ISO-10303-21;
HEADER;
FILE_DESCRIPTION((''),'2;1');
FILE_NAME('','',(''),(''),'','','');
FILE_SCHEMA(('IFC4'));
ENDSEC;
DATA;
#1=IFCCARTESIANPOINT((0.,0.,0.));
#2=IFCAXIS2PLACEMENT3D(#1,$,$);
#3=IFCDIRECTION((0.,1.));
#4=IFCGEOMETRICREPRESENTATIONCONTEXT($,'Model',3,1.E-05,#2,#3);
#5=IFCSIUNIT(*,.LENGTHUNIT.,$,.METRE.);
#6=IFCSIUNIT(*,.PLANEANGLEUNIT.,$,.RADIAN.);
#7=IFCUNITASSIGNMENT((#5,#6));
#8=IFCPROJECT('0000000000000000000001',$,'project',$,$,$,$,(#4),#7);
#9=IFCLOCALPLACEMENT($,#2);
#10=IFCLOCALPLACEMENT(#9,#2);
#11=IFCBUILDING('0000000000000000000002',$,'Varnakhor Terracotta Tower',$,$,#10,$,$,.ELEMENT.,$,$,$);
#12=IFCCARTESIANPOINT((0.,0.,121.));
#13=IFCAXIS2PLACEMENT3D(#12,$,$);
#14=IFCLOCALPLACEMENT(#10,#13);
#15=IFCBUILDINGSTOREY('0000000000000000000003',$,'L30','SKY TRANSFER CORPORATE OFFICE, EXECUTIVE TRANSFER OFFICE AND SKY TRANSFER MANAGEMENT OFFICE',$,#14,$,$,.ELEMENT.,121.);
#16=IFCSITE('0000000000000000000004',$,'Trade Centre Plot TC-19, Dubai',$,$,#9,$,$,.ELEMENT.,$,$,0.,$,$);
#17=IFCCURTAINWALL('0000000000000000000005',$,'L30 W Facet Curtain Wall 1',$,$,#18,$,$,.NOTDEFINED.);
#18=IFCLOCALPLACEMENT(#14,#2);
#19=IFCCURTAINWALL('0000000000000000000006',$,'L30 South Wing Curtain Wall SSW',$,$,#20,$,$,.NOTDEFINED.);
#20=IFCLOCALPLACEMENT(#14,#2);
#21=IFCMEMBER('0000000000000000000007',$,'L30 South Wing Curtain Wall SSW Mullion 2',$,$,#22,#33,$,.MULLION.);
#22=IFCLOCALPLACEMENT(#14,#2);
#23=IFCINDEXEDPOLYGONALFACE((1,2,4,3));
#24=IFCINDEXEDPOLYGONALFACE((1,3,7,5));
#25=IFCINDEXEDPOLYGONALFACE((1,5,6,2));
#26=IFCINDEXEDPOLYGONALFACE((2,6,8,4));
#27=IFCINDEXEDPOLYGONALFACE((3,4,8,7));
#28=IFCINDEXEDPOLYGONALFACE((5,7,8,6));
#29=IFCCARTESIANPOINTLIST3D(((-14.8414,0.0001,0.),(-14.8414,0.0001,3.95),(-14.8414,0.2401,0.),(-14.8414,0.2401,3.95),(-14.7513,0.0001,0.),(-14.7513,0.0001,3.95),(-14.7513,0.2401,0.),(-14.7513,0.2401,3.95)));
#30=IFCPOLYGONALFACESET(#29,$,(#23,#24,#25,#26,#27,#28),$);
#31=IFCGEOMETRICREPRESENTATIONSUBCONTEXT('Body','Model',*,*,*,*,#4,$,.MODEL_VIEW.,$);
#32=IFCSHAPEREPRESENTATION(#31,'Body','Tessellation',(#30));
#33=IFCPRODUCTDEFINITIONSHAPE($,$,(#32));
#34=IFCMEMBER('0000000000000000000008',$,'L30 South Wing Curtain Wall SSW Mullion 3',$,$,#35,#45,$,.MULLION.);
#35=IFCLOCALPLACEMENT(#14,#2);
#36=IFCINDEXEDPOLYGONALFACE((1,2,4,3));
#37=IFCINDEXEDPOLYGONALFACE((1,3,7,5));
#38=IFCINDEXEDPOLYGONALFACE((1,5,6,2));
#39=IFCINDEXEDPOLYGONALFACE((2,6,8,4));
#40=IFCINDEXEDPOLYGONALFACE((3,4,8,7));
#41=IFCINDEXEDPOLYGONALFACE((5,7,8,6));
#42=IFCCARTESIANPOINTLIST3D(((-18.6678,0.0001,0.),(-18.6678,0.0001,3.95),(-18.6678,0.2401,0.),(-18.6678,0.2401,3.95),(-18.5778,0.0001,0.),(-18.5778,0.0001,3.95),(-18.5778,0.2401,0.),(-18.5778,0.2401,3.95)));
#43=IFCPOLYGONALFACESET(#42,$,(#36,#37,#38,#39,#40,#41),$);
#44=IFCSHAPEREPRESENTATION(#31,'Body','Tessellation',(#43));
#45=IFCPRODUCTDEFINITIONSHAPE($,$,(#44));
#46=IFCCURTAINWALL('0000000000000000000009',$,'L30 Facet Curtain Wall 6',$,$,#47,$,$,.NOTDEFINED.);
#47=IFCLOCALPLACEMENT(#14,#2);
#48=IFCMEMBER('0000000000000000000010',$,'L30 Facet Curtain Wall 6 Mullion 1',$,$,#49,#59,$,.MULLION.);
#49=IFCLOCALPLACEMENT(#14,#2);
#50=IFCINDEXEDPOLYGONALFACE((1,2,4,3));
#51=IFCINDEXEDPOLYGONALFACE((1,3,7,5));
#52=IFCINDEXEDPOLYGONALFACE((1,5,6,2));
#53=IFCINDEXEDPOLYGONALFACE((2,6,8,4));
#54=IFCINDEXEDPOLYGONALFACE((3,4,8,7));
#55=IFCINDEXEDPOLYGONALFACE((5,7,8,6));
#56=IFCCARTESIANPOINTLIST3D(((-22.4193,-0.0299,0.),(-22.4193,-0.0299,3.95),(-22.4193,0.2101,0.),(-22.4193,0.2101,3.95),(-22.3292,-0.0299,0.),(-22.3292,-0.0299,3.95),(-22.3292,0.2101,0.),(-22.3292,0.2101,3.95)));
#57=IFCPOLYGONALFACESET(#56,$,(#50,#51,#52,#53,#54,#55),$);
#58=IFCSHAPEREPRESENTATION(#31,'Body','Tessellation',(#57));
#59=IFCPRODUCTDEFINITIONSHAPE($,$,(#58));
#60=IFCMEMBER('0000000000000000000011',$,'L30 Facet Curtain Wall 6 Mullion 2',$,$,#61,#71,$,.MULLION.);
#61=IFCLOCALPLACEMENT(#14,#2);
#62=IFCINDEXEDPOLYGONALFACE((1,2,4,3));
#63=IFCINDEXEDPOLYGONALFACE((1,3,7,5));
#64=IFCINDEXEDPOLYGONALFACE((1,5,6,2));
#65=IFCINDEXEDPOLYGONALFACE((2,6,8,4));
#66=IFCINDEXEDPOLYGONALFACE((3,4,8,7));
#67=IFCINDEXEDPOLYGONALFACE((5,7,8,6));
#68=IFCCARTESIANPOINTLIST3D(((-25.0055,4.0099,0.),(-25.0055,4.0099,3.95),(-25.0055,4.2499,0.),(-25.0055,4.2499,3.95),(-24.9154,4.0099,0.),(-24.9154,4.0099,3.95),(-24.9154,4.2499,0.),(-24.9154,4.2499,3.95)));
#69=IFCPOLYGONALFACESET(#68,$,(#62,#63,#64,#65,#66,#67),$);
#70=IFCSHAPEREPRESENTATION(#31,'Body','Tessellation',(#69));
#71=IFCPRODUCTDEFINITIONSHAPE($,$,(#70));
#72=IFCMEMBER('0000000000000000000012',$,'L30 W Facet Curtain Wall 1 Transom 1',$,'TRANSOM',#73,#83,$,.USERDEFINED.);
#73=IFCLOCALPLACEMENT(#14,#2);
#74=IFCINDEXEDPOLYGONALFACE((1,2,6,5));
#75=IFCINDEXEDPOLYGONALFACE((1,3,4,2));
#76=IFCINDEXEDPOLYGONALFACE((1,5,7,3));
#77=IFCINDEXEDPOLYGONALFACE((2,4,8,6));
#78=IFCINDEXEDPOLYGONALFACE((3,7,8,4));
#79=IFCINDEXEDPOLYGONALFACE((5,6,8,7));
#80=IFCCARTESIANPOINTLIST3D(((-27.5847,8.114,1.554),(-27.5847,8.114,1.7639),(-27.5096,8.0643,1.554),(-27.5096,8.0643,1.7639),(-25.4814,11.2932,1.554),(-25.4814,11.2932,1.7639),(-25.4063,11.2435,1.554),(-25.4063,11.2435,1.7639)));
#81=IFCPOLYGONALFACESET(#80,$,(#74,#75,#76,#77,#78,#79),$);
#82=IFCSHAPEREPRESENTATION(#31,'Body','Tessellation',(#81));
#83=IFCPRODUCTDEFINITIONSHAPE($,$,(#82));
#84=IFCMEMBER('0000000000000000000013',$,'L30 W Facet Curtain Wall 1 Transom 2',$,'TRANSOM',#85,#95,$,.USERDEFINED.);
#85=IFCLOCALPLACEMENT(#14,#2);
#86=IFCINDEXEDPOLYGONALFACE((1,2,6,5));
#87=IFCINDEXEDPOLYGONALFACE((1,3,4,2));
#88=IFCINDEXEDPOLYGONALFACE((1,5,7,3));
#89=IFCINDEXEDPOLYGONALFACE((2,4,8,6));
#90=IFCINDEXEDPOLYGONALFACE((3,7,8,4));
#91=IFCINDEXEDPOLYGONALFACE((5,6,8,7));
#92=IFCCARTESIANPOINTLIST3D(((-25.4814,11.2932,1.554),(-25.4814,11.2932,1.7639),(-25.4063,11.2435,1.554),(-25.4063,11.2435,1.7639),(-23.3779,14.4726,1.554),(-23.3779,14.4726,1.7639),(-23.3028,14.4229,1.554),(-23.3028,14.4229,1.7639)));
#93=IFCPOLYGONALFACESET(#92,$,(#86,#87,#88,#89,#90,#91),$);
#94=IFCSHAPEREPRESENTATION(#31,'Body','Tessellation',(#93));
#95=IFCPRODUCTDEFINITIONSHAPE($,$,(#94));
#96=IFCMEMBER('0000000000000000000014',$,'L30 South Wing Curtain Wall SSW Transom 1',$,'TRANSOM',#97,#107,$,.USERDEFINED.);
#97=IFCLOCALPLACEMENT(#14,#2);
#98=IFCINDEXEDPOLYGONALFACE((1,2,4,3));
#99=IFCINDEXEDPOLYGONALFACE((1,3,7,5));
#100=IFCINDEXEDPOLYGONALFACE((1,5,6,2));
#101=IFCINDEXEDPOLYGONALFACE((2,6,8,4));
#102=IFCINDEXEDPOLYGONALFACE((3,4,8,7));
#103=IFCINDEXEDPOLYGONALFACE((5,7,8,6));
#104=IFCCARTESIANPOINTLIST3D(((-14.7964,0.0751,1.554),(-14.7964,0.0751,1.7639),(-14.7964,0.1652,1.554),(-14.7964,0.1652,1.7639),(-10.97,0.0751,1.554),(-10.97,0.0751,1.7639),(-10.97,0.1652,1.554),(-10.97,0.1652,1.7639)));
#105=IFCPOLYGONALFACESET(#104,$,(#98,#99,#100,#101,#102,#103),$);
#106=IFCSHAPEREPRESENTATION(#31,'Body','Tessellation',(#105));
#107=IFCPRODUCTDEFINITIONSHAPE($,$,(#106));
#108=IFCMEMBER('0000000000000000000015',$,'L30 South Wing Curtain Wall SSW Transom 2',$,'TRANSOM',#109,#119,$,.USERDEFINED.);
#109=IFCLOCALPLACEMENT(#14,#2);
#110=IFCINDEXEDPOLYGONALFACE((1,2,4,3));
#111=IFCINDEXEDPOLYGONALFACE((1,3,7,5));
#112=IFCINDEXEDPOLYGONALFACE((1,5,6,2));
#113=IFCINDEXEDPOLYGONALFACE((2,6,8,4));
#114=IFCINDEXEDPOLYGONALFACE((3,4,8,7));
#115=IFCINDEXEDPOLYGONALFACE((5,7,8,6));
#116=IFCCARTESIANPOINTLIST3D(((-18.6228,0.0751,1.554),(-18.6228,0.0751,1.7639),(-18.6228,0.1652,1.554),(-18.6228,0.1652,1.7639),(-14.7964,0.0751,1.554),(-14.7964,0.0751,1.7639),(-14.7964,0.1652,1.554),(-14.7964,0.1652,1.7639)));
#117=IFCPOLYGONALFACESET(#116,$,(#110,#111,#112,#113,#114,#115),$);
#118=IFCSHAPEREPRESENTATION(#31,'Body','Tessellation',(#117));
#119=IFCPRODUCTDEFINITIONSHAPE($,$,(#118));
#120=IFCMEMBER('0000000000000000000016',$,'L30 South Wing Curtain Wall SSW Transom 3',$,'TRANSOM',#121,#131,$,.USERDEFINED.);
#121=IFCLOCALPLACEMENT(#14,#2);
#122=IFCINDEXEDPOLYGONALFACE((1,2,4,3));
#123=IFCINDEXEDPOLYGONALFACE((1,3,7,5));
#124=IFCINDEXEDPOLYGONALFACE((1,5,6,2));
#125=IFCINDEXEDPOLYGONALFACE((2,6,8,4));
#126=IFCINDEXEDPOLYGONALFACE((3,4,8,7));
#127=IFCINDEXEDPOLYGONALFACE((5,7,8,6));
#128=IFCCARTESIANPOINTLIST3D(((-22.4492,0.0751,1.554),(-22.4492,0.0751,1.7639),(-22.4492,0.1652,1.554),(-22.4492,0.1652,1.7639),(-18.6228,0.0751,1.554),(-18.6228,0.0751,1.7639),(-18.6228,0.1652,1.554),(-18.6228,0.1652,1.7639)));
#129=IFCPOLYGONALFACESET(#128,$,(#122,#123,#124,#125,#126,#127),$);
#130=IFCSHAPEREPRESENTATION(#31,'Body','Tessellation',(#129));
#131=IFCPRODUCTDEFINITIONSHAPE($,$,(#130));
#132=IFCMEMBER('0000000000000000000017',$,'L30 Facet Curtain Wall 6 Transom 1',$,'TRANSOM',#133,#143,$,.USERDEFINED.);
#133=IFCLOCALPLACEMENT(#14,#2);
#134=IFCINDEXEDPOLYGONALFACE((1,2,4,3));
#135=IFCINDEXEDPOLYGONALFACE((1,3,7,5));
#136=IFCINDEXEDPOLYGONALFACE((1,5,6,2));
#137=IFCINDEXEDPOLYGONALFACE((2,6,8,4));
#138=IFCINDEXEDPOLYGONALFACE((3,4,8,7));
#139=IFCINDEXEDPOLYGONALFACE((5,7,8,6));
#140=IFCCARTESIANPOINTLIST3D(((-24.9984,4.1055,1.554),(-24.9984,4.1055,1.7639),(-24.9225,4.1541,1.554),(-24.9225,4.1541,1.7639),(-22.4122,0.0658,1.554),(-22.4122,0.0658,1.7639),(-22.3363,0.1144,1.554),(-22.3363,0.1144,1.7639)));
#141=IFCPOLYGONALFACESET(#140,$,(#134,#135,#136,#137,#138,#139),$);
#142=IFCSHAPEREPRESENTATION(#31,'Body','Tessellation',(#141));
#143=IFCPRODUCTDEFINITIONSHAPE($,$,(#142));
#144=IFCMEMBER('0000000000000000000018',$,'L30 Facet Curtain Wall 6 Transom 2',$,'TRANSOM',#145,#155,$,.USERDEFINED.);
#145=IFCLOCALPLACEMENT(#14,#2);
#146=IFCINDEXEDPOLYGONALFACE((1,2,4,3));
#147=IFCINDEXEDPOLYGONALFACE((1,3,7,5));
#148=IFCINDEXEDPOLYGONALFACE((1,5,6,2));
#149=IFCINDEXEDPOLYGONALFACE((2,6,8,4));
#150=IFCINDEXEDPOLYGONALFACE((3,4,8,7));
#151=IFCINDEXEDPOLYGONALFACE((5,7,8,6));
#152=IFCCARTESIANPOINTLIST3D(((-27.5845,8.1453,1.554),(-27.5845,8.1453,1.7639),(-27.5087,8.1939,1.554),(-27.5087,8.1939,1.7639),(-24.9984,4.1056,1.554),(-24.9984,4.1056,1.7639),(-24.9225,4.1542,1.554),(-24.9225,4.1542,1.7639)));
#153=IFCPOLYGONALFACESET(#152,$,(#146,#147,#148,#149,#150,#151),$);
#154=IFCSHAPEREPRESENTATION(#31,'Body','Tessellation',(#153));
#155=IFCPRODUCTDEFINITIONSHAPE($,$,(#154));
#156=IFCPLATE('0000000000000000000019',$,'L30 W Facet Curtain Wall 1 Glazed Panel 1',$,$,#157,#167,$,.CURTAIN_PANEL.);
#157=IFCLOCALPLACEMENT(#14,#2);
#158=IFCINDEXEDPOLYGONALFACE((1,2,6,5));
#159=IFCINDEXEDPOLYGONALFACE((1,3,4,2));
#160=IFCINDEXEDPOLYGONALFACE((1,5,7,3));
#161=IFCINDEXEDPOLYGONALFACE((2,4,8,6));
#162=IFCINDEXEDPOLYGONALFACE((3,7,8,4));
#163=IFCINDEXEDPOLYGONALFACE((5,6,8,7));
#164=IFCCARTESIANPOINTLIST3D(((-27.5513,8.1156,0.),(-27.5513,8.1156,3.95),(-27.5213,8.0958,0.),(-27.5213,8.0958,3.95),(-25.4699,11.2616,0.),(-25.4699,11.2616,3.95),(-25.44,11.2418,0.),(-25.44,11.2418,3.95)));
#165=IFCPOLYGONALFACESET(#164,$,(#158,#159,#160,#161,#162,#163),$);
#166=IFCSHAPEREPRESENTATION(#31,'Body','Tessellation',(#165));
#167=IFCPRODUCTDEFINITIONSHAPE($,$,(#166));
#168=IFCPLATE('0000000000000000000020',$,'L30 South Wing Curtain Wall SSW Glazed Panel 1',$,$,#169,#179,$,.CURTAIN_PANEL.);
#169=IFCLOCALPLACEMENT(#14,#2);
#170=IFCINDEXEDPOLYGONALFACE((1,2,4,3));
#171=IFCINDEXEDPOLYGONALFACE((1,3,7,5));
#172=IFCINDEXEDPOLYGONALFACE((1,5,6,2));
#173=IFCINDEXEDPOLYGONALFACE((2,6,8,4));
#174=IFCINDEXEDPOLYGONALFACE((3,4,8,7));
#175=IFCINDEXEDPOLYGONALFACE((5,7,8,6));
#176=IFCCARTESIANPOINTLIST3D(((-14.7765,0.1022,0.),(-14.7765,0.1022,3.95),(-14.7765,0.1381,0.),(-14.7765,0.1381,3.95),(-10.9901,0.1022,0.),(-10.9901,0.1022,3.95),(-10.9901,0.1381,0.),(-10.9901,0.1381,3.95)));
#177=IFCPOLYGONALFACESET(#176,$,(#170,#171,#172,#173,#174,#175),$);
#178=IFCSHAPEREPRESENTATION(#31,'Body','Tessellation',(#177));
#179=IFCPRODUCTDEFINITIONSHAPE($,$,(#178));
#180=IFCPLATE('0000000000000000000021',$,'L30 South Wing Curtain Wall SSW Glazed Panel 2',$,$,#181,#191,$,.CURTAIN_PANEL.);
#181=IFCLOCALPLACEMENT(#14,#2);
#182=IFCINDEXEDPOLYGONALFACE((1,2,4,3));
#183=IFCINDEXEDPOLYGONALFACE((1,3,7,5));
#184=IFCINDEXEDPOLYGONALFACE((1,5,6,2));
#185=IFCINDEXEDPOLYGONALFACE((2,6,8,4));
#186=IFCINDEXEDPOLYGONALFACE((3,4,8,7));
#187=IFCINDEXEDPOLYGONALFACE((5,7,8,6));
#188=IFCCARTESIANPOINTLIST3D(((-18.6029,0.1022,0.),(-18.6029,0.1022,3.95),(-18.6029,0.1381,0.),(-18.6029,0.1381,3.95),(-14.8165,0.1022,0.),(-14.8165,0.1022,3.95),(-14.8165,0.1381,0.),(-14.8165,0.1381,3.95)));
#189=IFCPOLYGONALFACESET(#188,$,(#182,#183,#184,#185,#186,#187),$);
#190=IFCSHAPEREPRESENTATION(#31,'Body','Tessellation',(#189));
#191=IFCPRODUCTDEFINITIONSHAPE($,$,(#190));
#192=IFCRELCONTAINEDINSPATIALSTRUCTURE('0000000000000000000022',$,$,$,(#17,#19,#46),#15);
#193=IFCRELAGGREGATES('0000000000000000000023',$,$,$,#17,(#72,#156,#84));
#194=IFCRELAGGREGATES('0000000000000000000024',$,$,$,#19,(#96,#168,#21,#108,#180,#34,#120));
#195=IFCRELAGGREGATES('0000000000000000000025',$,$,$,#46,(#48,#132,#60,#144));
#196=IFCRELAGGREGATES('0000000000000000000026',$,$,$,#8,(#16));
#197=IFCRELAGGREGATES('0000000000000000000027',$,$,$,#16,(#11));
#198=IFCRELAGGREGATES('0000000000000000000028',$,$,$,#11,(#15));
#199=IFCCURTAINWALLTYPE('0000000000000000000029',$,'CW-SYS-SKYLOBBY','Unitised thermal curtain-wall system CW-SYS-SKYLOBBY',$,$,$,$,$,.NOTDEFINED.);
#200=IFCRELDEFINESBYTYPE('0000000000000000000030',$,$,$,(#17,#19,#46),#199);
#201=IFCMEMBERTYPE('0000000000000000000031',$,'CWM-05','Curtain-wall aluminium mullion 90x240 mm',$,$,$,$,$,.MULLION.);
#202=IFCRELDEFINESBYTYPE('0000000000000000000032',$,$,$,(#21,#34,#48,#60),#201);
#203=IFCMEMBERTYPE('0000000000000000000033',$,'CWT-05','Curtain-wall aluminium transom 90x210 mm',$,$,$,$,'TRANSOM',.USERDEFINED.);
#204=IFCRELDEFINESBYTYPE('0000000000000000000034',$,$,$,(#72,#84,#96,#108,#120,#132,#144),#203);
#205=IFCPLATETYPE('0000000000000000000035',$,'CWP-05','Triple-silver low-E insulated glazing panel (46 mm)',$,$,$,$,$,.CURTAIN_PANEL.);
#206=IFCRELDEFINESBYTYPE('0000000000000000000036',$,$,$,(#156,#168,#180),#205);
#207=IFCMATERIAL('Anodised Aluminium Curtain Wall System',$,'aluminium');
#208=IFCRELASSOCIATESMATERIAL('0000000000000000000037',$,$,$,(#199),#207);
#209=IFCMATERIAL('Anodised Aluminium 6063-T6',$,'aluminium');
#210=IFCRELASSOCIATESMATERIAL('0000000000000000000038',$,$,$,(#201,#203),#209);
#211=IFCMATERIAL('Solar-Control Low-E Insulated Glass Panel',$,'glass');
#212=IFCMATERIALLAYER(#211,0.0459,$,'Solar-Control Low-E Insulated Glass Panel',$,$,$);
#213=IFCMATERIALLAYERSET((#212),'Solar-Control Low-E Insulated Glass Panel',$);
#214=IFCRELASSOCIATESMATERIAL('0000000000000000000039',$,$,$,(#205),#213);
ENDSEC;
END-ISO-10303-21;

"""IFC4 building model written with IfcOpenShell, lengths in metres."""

from ifc_helpers import new_model, si_unit, direction, frame, origin, origin_2d, place, context, subcontext, project, spatial, rectangle, extrude, source, transform, mapped, material, layer, layer_set, material_profile, profile_set, type_object, type_shapes, element, aggregate, save


model = new_model("IFC4")

# Units and contexts
model_context = context("Model", 3, precision=1e-05, world=origin(), true_north=direction((0.0, 1.0)))
body_context = subcontext(model_context, "Body", "Model", "MODEL_VIEW")
ifc_project = project(units=[si_unit("LENGTHUNIT", "METRE"), si_unit("PLANEANGLEUNIT", "RADIAN")], contexts=[model_context])

# Site, building, storey
site_placement = place(None, origin())
site = spatial("IfcSite", under=ifc_project, at=site_placement, Name="Trade Centre Plot TC-19, Dubai", CompositionType="ELEMENT", RefElevation=0.0)
building_placement = place(site_placement, origin())
building = spatial("IfcBuilding", under=site, at=building_placement, Name="Varnakhor Terracotta Tower", CompositionType="ELEMENT")
storey_placement = place(building_placement, frame((0.0, 0.0, 121.0)))
storey = spatial("IfcBuildingStorey", under=building, at=storey_placement, Name="L30", Description="SKY TRANSFER CORPORATE OFFICE, EXECUTIVE TRANSFER OFFICE AND SKY TRANSFER MANAGEMENT OFFICE", CompositionType="ELEMENT", Elevation=121.0)

# Curtain walls, members
ifc_material_1 = material(Name="Anodised Aluminium Curtain Wall System", Category="aluminium")
curtain_wall_type = type_object("IfcCurtainWallType", Name="CW-SYS-SKYLOBBY", Description="Unitised thermal curtain-wall system CW-SYS-SKYLOBBY", PredefinedType="NOTDEFINED", material=ifc_material_1)
curtain_wall_1_placement = place(storey_placement, origin())
curtain_wall_1 = element("IfcCurtainWall", 1, at=curtain_wall_1_placement, inside=storey, type_object=curtain_wall_type, Name="L30 W Facet Curtain Wall 1", PredefinedType="NOTDEFINED")
ifc_material_2 = material(Name="Anodised Aluminium 6063-T6", Category="aluminium")
ifc_material_profile_1 = material_profile(ifc_material_2, rectangle(XDim=0.0901, YDim=0.24, at=origin_2d()), Name="ALU MULLION 90x240")
ifc_profile_set_1 = profile_set([ifc_material_profile_1], Name="Anodised Aluminium 6063-T6")
member_type_1 = type_object("IfcMemberType", Name="CWM-05", Description="Curtain-wall aluminium mullion 90x240 mm", PredefinedType="MULLION", material=ifc_profile_set_1)
shared_shape_1 = source(origin(), body_context, "Body", "SweptSolid", [
    extrude(rectangle(XDim=0.0901, YDim=0.24, at=origin_2d()), origin(), (0.0, 0.0, 1.0), 3.95),
])
type_shapes(member_type_1, [shared_shape_1])
curtain_wall_2_placement = place(storey_placement, origin())
curtain_wall_2 = element("IfcCurtainWall", 2, at=curtain_wall_2_placement, inside=storey, type_object=curtain_wall_type, Name="L30 South Wing Curtain Wall SSW", PredefinedType="NOTDEFINED")
member_1_placement = place(storey_placement, frame((-14.7964, 0.1201, 0.0), z_axis=(0.0, 0.0, 1.0), x_axis=(1.0, 0.0, 0.0)))
member_1 = element("IfcMember", 3, at=member_1_placement, type_object=member_type_1, Name="L30 South Wing Curtain Wall SSW Mullion 2", PredefinedType="MULLION", context=body_context, shape_type="MappedRepresentation", body=[
    mapped(shared_shape_1, transform((0.0, 0.0, 0.0), scale=1.0)),
])
member_2_placement = place(storey_placement, frame((-18.6228, 0.1201, 0.0), z_axis=(0.0, 0.0, 1.0), x_axis=(1.0, 0.0, 0.0)))
member_2 = element("IfcMember", 4, at=member_2_placement, type_object=member_type_1, Name="L30 South Wing Curtain Wall SSW Mullion 3", PredefinedType="MULLION", context=body_context, shape_type="MappedRepresentation", body=[
    mapped(shared_shape_1, transform((0.0, 0.0, 0.0), scale=1.0)),
])
curtain_wall_3_placement = place(storey_placement, origin())
curtain_wall_3 = element("IfcCurtainWall", 5, at=curtain_wall_3_placement, inside=storey, type_object=curtain_wall_type, Name="L30 Facet Curtain Wall 6", PredefinedType="NOTDEFINED")
member_3_placement = place(storey_placement, frame((-22.3743, 0.0901, 0.0), z_axis=(0.0, 0.0, 1.0), x_axis=(1.0, 0.0, 0.0)))
member_3 = element("IfcMember", 6, at=member_3_placement, type_object=member_type_1, Name="L30 Facet Curtain Wall 6 Mullion 1", PredefinedType="MULLION", context=body_context, shape_type="MappedRepresentation", body=[
    mapped(shared_shape_1, transform((0.0, 0.0, 0.0), scale=1.0)),
])
member_4_placement = place(storey_placement, frame((-24.9604, 4.1299, 0.0), z_axis=(0.0, 0.0, 1.0), x_axis=(1.0, 0.0, 0.0)))
member_4 = element("IfcMember", 7, at=member_4_placement, type_object=member_type_1, Name="L30 Facet Curtain Wall 6 Mullion 2", PredefinedType="MULLION", context=body_context, shape_type="MappedRepresentation", body=[
    mapped(shared_shape_1, transform((0.0, 0.0, 0.0), scale=1.0)),
])

# Members
ifc_material_profile_2 = material_profile(ifc_material_2, rectangle(XDim=0.0901, YDim=0.21, at=origin_2d()), Name="ALU TRANSOM 90x210")
ifc_profile_set_2 = profile_set([ifc_material_profile_2], Name="Anodised Aluminium 6063-T6")
member_type_2 = type_object("IfcMemberType", Name="CWT-05", Description="Curtain-wall aluminium transom 90x210 mm", ElementType="TRANSOM", PredefinedType="USERDEFINED", material=ifc_profile_set_2)
shared_shape_2 = source(origin(), body_context, "Body", "SweptSolid", [
    extrude(rectangle(XDim=0.0901, YDim=0.21, at=origin_2d()), origin(), (0.0, 0.0, 1.0), 3.812),
])
type_shapes(member_type_2, [shared_shape_2])
member_5_placement = place(storey_placement, frame((-27.5471, 8.0891, 1.6589), z_axis=(0.551756, 0.834006, 0.0), x_axis=(-0.834006, 0.551756, 0.0)))
member_5 = element("IfcMember", 8, at=member_5_placement, type_object=member_type_2, Name="L30 W Facet Curtain Wall 1 Transom 1", ObjectType="TRANSOM", PredefinedType="USERDEFINED", context=body_context, shape_type="MappedRepresentation", body=[
    mapped(shared_shape_2, transform((0.0, 0.0, 0.0), scale=1.0)),
])
shared_shape_3 = source(origin(), body_context, "Body", "SweptSolid", [
    extrude(rectangle(XDim=0.0901, YDim=0.21, at=origin_2d()), origin(), (0.0, 0.0, 1.0), 3.8123),
])
member_6_placement = place(storey_placement, frame((-25.4438, 11.2683, 1.6589), z_axis=(0.551771, 0.833996, 0.0), x_axis=(-0.833996, 0.551771, 0.0)))
member_6 = element("IfcMember", 9, at=member_6_placement, type_object=member_type_2, Name="L30 W Facet Curtain Wall 1 Transom 2", ObjectType="TRANSOM", PredefinedType="USERDEFINED", context=body_context, shape_type="MappedRepresentation", body=[
    mapped(shared_shape_3, transform((0.0, 0.0, 0.0), scale=1.0)),
])
shared_shape_4 = source(origin(), body_context, "Body", "SweptSolid", [
    extrude(rectangle(XDim=0.0901, YDim=0.21, at=origin_2d()), origin(), (0.0, 0.0, 1.0), 3.8264),
])
member_7_placement = place(storey_placement, frame((-10.97, 0.1201, 1.6589), z_axis=(-1.0, 0.0, 0.0), x_axis=(0.0, -1.0, 0.0)))
member_7 = element("IfcMember", 10, at=member_7_placement, type_object=member_type_2, Name="L30 South Wing Curtain Wall SSW Transom 1", ObjectType="TRANSOM", PredefinedType="USERDEFINED", context=body_context, shape_type="MappedRepresentation", body=[
    mapped(shared_shape_4, transform((0.0, 0.0, 0.0), scale=1.0)),
])
member_8_placement = place(storey_placement, frame((-14.7964, 0.1201, 1.6589), z_axis=(-1.0, 0.0, 0.0), x_axis=(0.0, -1.0, 0.0)))
member_8 = element("IfcMember", 11, at=member_8_placement, type_object=member_type_2, Name="L30 South Wing Curtain Wall SSW Transom 2", ObjectType="TRANSOM", PredefinedType="USERDEFINED", context=body_context, shape_type="MappedRepresentation", body=[
    mapped(shared_shape_4, transform((0.0, 0.0, 0.0), scale=1.0)),
])
member_9_placement = place(storey_placement, frame((-18.6228, 0.1201, 1.6589), z_axis=(-1.0, 0.0, 0.0), x_axis=(0.0, -1.0, 0.0)))
member_9 = element("IfcMember", 12, at=member_9_placement, type_object=member_type_2, Name="L30 South Wing Curtain Wall SSW Transom 3", ObjectType="TRANSOM", PredefinedType="USERDEFINED", context=body_context, shape_type="MappedRepresentation", body=[
    mapped(shared_shape_4, transform((0.0, 0.0, 0.0), scale=1.0)),
])
shared_shape_5 = source(origin(), body_context, "Body", "SweptSolid", [
    extrude(rectangle(XDim=0.0901, YDim=0.21, at=origin_2d()), origin(), (0.0, 0.0, 1.0), 4.7966),
])
member_10_placement = place(storey_placement, frame((-22.3743, 0.0901, 1.6589), z_axis=(-0.539159, 0.842204, 0.0), x_axis=(-0.842204, -0.539159, 0.0)))
member_10 = element("IfcMember", 13, at=member_10_placement, type_object=member_type_2, Name="L30 Facet Curtain Wall 6 Transom 1", ObjectType="TRANSOM", PredefinedType="USERDEFINED", context=body_context, shape_type="MappedRepresentation", body=[
    mapped(shared_shape_5, transform((0.0, 0.0, 0.0), scale=1.0)),
])
member_11_placement = place(storey_placement, frame((-24.9604, 4.1299, 1.6589), z_axis=(-0.539159, 0.842204, 0.0), x_axis=(-0.842204, -0.539159, 0.0)))
member_11 = element("IfcMember", 14, at=member_11_placement, type_object=member_type_2, Name="L30 Facet Curtain Wall 6 Transom 2", ObjectType="TRANSOM", PredefinedType="USERDEFINED", context=body_context, shape_type="MappedRepresentation", body=[
    mapped(shared_shape_5, transform((0.0, 0.0, 0.0), scale=1.0)),
])

# Plates
ifc_material_3 = material(Name="Solar-Control Low-E Insulated Glass Panel", Category="glass")
ifc_layer = layer(ifc_material_3, 0.0459, Name="Solar-Control Low-E Insulated Glass Panel")
ifc_layer_set = layer_set([ifc_layer], Name="Solar-Control Low-E Insulated Glass Panel")
plate_type = type_object("IfcPlateType", Name="CWP-05", Description="Triple-silver low-E insulated glazing panel (46 mm)", PredefinedType="CURTAIN_PANEL", material=ifc_layer_set)
shared_shape_6 = source(origin(), body_context, "Body", "SweptSolid", [
    extrude(rectangle(XDim=3.7722, YDim=0.0359, at=origin_2d()), origin(), (0.0, 0.0, 1.0), 3.95),
])
type_shapes(plate_type, [shared_shape_6])
plate_1_placement = place(storey_placement, frame((-26.4956, 9.6787, 0.0), z_axis=(0.0, 0.0, 1.0), x_axis=(0.551762, 0.834001, 0.0)))
plate_1 = element("IfcPlate", 15, at=plate_1_placement, type_object=plate_type, Name="L30 W Facet Curtain Wall 1 Glazed Panel 1", PredefinedType="CURTAIN_PANEL", context=body_context, shape_type="MappedRepresentation", body=[
    mapped(shared_shape_6, transform((0.0, 0.0, 0.0), scale=1.0)),
])
aggregate(curtain_wall_1, [member_5, plate_1, member_6])
shared_shape_7 = source(origin(), body_context, "Body", "SweptSolid", [
    extrude(rectangle(XDim=3.7864, YDim=0.0359, at=origin_2d()), origin(), (0.0, 0.0, 1.0), 3.95),
])
plate_2_placement = place(storey_placement, frame((-12.8833, 0.1201, 0.0), z_axis=(0.0, 0.0, 1.0), x_axis=(-1.0, 0.0, 0.0)))
plate_2 = element("IfcPlate", 16, at=plate_2_placement, type_object=plate_type, Name="L30 South Wing Curtain Wall SSW Glazed Panel 1", PredefinedType="CURTAIN_PANEL", context=body_context, shape_type="MappedRepresentation", body=[
    mapped(shared_shape_7, transform((0.0, 0.0, 0.0), scale=1.0)),
])
plate_3_placement = place(storey_placement, frame((-16.7097, 0.1201, 0.0), z_axis=(0.0, 0.0, 1.0), x_axis=(-1.0, 0.0, 0.0)))
plate_3 = element("IfcPlate", 17, at=plate_3_placement, type_object=plate_type, Name="L30 South Wing Curtain Wall SSW Glazed Panel 2", PredefinedType="CURTAIN_PANEL", context=body_context, shape_type="MappedRepresentation", body=[
    mapped(shared_shape_7, transform((0.0, 0.0, 0.0), scale=1.0)),
])
aggregate(curtain_wall_2, [member_7, plate_2, member_1, member_8, plate_3, member_2, member_9])
aggregate(curtain_wall_3, [member_3, member_10, member_4, member_11])

save(model, "model.ifc")
